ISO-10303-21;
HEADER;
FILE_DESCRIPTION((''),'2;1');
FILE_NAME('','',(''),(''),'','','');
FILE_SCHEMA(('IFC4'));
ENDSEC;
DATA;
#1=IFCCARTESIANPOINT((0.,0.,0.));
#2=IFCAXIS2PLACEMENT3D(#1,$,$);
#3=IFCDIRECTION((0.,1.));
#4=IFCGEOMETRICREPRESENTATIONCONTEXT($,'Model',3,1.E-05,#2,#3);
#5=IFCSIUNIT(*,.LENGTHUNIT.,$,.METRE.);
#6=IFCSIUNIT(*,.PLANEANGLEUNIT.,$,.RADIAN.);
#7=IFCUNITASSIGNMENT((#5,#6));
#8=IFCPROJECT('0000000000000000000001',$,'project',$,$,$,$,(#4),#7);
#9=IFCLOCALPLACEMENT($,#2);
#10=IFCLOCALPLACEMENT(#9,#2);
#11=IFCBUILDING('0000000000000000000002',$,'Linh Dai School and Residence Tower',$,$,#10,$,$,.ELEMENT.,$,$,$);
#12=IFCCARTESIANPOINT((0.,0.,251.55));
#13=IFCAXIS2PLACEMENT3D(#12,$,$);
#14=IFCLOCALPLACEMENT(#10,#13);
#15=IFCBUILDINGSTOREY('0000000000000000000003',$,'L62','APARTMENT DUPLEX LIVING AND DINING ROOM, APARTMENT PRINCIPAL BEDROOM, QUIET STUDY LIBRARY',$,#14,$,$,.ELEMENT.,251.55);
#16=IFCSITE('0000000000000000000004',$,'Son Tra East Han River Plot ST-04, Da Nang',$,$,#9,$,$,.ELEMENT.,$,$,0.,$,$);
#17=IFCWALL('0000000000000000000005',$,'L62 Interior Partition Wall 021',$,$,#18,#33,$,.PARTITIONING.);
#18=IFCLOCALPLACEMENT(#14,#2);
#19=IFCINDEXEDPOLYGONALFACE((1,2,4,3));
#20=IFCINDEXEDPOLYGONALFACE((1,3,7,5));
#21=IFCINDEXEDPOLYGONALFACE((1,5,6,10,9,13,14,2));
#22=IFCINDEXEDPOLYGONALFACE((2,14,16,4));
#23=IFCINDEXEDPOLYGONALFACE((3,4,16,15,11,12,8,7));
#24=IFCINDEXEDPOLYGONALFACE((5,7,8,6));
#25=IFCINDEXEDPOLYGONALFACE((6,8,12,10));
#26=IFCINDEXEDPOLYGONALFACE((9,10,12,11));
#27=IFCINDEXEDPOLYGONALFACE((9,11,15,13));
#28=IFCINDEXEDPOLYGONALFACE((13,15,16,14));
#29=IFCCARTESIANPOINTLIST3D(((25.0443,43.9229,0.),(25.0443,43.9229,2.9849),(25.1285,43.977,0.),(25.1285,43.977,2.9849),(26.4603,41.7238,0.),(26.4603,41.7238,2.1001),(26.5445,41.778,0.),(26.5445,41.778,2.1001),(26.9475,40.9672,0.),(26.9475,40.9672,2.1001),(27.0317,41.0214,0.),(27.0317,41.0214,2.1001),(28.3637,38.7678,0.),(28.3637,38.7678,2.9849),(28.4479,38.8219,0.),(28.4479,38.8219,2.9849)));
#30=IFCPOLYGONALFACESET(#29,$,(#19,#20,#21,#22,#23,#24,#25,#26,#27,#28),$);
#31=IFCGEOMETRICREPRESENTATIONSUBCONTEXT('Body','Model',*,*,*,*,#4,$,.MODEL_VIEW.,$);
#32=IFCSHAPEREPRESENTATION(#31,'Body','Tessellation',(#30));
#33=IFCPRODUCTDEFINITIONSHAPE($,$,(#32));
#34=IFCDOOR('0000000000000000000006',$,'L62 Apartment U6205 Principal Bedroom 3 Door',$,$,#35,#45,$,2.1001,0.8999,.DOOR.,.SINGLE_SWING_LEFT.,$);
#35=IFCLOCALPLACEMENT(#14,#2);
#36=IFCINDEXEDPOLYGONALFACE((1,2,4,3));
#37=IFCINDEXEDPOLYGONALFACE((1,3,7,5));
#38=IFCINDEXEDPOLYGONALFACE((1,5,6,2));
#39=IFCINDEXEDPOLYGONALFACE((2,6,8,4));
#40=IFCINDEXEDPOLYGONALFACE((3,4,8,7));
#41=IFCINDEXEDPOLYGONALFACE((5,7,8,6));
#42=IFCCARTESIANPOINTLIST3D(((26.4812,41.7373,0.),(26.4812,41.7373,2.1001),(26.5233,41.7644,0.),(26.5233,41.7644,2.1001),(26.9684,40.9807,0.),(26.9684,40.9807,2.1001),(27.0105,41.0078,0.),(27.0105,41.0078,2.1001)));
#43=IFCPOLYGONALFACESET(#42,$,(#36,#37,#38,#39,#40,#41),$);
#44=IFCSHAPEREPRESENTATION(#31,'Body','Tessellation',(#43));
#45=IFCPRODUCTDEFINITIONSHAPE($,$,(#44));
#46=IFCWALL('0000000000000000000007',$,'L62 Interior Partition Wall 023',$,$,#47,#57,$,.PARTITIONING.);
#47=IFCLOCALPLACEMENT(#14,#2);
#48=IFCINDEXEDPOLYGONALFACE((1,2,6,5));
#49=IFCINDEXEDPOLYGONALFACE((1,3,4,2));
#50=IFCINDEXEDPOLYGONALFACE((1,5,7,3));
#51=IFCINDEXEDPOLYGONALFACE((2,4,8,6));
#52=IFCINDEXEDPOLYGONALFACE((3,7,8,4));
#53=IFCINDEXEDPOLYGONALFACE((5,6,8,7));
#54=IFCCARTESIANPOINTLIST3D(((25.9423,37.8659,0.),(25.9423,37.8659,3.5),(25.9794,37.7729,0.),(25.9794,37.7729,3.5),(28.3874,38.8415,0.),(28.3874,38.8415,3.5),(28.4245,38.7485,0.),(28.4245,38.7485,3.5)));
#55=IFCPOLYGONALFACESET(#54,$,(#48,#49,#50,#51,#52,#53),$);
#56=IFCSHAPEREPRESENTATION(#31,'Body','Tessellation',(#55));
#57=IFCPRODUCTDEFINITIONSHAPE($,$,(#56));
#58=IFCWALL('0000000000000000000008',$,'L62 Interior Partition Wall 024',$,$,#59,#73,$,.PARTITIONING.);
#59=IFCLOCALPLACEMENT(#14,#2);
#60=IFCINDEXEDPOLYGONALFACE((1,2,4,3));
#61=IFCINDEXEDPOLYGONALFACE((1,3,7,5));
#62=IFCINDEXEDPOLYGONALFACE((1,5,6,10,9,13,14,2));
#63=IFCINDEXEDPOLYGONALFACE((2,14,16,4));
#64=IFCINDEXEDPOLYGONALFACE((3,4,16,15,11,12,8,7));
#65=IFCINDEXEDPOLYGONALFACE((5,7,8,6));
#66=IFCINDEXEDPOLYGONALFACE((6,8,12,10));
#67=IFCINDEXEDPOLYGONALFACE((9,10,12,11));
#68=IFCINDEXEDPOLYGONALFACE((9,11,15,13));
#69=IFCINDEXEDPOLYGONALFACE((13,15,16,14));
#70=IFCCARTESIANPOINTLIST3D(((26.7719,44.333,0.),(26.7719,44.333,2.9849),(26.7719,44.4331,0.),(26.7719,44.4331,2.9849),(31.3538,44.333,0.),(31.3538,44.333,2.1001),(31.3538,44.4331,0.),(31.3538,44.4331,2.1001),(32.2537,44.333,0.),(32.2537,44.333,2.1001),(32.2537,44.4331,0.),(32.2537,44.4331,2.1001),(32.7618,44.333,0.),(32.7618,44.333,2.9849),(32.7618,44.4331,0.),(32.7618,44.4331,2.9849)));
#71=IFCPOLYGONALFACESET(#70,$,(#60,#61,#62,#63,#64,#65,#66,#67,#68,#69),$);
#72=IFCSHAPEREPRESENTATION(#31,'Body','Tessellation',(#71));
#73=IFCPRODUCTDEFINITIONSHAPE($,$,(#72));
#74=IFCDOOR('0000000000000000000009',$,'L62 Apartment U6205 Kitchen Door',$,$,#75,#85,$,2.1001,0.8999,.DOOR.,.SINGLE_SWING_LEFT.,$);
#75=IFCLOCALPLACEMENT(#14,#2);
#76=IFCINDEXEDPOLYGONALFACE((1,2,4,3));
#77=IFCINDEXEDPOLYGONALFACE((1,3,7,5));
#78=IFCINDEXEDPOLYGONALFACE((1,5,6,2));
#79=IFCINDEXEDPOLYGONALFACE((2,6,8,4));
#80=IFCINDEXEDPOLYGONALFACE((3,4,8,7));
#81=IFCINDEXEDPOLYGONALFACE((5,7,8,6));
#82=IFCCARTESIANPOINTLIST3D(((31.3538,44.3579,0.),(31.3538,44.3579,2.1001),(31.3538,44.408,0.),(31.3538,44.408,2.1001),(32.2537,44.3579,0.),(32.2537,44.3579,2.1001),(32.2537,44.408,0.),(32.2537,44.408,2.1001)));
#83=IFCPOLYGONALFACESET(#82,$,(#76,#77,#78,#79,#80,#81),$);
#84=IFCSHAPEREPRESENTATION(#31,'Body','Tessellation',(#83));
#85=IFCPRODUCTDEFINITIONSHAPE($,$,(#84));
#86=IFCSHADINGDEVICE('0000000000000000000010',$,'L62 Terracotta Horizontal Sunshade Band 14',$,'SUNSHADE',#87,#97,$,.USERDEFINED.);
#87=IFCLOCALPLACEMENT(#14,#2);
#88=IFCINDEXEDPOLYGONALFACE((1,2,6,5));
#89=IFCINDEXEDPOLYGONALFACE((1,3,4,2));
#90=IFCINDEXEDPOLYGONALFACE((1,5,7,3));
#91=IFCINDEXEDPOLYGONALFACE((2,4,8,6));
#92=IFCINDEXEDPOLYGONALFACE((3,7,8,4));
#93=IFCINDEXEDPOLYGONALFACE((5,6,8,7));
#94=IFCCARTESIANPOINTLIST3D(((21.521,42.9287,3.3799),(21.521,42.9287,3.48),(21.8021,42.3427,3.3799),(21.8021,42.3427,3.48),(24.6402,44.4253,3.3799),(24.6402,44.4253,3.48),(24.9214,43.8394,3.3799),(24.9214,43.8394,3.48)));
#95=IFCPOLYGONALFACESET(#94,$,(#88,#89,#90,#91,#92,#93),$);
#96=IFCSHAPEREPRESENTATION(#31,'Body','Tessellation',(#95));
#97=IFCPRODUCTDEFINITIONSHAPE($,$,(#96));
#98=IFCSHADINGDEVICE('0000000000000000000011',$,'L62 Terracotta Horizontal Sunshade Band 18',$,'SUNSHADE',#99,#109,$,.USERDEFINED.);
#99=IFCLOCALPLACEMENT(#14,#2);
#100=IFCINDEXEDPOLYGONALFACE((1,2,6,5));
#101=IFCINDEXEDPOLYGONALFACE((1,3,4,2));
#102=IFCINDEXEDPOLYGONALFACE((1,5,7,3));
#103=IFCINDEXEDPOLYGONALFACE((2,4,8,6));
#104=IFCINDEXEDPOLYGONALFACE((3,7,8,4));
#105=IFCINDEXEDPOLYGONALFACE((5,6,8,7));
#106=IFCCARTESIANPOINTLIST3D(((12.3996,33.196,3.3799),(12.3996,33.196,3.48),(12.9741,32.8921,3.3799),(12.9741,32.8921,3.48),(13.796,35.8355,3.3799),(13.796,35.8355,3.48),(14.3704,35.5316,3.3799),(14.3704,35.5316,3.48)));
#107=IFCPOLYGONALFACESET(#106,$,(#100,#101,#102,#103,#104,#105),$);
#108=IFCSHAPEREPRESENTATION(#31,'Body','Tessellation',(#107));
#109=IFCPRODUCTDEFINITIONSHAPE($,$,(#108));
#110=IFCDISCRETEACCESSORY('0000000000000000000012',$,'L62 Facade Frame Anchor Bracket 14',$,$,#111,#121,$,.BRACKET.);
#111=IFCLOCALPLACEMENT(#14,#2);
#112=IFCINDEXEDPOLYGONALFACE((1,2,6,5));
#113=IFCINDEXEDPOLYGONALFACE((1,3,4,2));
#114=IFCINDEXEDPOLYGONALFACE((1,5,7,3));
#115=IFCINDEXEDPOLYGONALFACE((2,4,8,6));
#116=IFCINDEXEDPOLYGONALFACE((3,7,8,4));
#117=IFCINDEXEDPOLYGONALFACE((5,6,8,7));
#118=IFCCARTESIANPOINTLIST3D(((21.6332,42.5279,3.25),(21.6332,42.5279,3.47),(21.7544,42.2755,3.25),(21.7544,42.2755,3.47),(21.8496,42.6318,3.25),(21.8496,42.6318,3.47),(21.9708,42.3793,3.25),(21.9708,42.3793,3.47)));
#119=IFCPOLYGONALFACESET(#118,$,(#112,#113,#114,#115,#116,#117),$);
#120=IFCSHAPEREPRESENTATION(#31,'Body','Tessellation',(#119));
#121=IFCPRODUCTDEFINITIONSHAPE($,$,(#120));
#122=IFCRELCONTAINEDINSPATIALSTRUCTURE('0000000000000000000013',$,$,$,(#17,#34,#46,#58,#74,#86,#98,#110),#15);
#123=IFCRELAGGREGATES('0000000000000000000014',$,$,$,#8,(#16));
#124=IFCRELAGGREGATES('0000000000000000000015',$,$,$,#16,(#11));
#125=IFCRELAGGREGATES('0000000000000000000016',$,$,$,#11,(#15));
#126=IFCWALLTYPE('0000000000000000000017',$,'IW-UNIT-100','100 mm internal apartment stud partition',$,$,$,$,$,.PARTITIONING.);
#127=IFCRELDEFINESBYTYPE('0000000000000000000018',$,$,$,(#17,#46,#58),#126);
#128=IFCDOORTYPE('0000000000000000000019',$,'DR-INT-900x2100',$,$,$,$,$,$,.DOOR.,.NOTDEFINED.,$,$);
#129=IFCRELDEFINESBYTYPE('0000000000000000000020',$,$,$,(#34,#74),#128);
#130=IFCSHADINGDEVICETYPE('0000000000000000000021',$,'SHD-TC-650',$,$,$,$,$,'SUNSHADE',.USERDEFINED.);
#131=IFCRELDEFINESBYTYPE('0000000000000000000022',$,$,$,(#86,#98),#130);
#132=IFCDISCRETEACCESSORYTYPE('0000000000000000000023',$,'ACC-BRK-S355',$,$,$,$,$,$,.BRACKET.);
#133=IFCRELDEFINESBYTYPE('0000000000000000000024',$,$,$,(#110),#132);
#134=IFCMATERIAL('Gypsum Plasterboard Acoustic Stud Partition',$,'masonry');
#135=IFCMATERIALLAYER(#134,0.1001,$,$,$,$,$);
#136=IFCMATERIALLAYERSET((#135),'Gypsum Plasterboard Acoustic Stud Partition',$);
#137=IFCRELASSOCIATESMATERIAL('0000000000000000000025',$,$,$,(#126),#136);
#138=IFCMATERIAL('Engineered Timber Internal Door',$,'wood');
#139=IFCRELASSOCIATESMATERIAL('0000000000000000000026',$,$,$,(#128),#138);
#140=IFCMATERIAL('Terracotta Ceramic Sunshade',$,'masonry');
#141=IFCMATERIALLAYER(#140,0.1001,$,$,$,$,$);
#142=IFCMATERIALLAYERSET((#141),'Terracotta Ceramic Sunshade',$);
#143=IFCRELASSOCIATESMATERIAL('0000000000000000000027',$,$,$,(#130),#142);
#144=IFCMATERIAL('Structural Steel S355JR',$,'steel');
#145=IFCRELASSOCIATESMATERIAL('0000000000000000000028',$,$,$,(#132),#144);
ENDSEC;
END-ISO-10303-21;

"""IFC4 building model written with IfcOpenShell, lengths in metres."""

from ifc_helpers import new_model, si_unit, direction, frame, frame_2d, origin, origin_2d, place, context, subcontext, project, spatial, rectangle, extrude, source, transform, mapped, material, layer, layer_set, type_object, element, fill, save


model = new_model("IFC4")

# Units and contexts
model_context = context("Model", 3, precision=1e-05, world=origin(), true_north=direction((0.0, 1.0)))
body_context = subcontext(model_context, "Body", "Model", "MODEL_VIEW")
ifc_project = project(units=[si_unit("LENGTHUNIT", "METRE"), si_unit("PLANEANGLEUNIT", "RADIAN")], contexts=[model_context])

# Site, building, storey
site_placement = place(None, origin())
site = spatial("IfcSite", under=ifc_project, at=site_placement, Name="Son Tra East Han River Plot ST-04, Da Nang", CompositionType="ELEMENT", RefElevation=0.0)
building_placement = place(site_placement, origin())
building = spatial("IfcBuilding", under=site, at=building_placement, Name="Linh Dai School and Residence Tower", CompositionType="ELEMENT")
storey_placement = place(building_placement, frame((0.0, 0.0, 251.55)))
storey = spatial("IfcBuildingStorey", under=building, at=storey_placement, Name="L62", Description="APARTMENT DUPLEX LIVING AND DINING ROOM, APARTMENT PRINCIPAL BEDROOM, QUIET STUDY LIBRARY", CompositionType="ELEMENT", Elevation=251.55)

# Shared definitions
ifc_material_1 = material(Name="Structural Steel S355JR", Category="steel")

# Shared definitions
ifc_material_2 = material(Name="Gypsum Plasterboard Acoustic Stud Partition", Category="masonry")
ifc_layer_1 = layer(ifc_material_2, 0.1001)
ifc_layer_set_1 = layer_set([ifc_layer_1], Name="Gypsum Plasterboard Acoustic Stud Partition")
wall_type_1 = type_object("IfcWallType", Name="IW-UNIT-100", Description="100 mm internal apartment stud partition", PredefinedType="PARTITIONING", material=ifc_layer_set_1)

# Wall, opening, door
wall_1_placement = place(storey_placement, frame((25.0864, 43.95, 0.0), z_axis=(0.0, 0.0, 1.0), x_axis=(0.541379, -0.840778, 0.0)))
wall_1 = element("IfcWall", 1, at=wall_1_placement, inside=storey, type_object=wall_type_1, Name="L62 Interior Partition Wall 021", PredefinedType="PARTITIONING", context=body_context, shape_type="SweptSolid", body=[
    extrude(rectangle(XDim=6.1313, YDim=0.1001, at=frame_2d((3.0657, 0.0))), origin(), (0.0, 0.0, 1.0), 2.9849),
])
opening_1_placement = place(wall_1_placement, frame((2.6155, 0.0, 0.0)))
opening_1 = element("IfcOpeningElement", 2, at=opening_1_placement, cuts=wall_1, PredefinedType="OPENING", context=body_context, shape_type="SweptSolid", body=[
    extrude(rectangle(XDim=0.8999, YDim=2.1001, at=origin_2d()), frame((0.45, 0.0601, 1.05), z_axis=(0.0, -1.0, 0.0), x_axis=(1.0, 0.0, 0.0)), (0.0, 0.0, 1.0), 0.1201),
])
ifc_material_3 = material(Name="Engineered Timber Internal Door", Category="wood")
door_type_1 = type_object("IfcDoorType", Name="DR-INT-900x2100", OperationType="NOTDEFINED", PredefinedType="DOOR", material=ifc_material_3)
shared_shape_1 = source(origin(), body_context, "Body", "SweptSolid", [
    extrude(rectangle(XDim=0.8999, YDim=2.1001, at=origin_2d()), frame((0.45, 0.0249, 1.05), z_axis=(0.0, -1.0, 0.0), x_axis=(1.0, 0.0, 0.0)), (0.0, 0.0, 1.0), 0.05),
])
door_1_placement = place(opening_1_placement, origin())
door_1 = element("IfcDoor", 3, at=door_1_placement, inside=storey, type_object=door_type_1, Name="L62 Apartment U6205 Principal Bedroom 3 Door", OperationType="SINGLE_SWING_LEFT", OverallHeight=2.1001, OverallWidth=0.8999, PredefinedType="DOOR", context=body_context, shape_type="MappedRepresentation", body=[
    mapped(shared_shape_1, transform((0.0, 0.0, 0.0), x_axis=(1.0, 0.0, 0.0), y_axis=(0.0, 1.0, 0.0), z_axis=(0.0, 0.0, 1.0), scale=1.0)),
])
fill(opening_1, door_1)

# Wall
wall_2_placement = place(storey_placement, frame((25.9607, 37.8193, 0.0), z_axis=(0.0, 0.0, 1.0), x_axis=(0.928796, 0.370591, 0.0)))
element("IfcWall", 4, at=wall_2_placement, inside=storey, type_object=wall_type_1, Name="L62 Interior Partition Wall 023", PredefinedType="PARTITIONING", context=body_context, shape_type="SweptSolid", body=[
    extrude(rectangle(XDim=2.6326, YDim=0.1001, at=frame_2d((1.3164, 0.0))), origin(), (0.0, 0.0, 1.0), 3.5),
])

# Wall, opening, door
wall_3_placement = place(storey_placement, frame((26.7717, 44.3831, 0.0), z_axis=(0.0, 0.0, 1.0), x_axis=(1.0, 0.0, 0.0)))
wall_3 = element("IfcWall", 5, at=wall_3_placement, inside=storey, type_object=wall_type_1, Name="L62 Interior Partition Wall 024", PredefinedType="PARTITIONING", context=body_context, shape_type="SweptSolid", body=[
    extrude(rectangle(XDim=5.99, YDim=0.1001, at=frame_2d((2.9951, 0.0))), origin(), (0.0, 0.0, 1.0), 2.9849),
])
opening_2_placement = place(wall_3_placement, frame((4.582, 0.0, 0.0)))
opening_2 = element("IfcOpeningElement", 6, at=opening_2_placement, cuts=wall_3, PredefinedType="OPENING", context=body_context, shape_type="SweptSolid", body=[
    extrude(rectangle(XDim=0.8999, YDim=2.1001, at=origin_2d()), frame((0.45, 0.0601, 1.05), z_axis=(0.0, -1.0, 0.0), x_axis=(1.0, 0.0, 0.0)), (0.0, 0.0, 1.0), 0.1201),
])
door_2_placement = place(opening_2_placement, origin())
door_2 = element("IfcDoor", 7, at=door_2_placement, inside=storey, type_object=door_type_1, Name="L62 Apartment U6205 Kitchen Door", OperationType="SINGLE_SWING_LEFT", OverallHeight=2.1001, OverallWidth=0.8999, PredefinedType="DOOR", context=body_context, shape_type="MappedRepresentation", body=[
    mapped(shared_shape_1, transform((0.0, 0.0, 0.0), x_axis=(1.0, 0.0, 0.0), y_axis=(0.0, 1.0, 0.0), z_axis=(0.0, 0.0, 1.0), scale=1.0)),
])
fill(opening_2, door_2)

# Shading devices
ifc_material_4 = material(Name="Terracotta Ceramic Sunshade", Category="masonry")
ifc_layer_2 = layer(ifc_material_4, 0.1001)
ifc_layer_set_2 = layer_set([ifc_layer_2], Name="Terracotta Ceramic Sunshade")
shading_device_type = type_object("IfcShadingDeviceType", Name="SHD-TC-650", ElementType="SUNSHADE", PredefinedType="USERDEFINED", material=ifc_layer_set_2)
shared_shape_2 = source(origin(), body_context, "Body", "SweptSolid", [
    extrude(rectangle(XDim=3.4597, YDim=0.6499, at=origin_2d()), origin(), (0.0, 0.0, 1.0), 0.1001),
])
shading_device_1_placement = place(storey_placement, frame((23.2212, 43.384, 3.3799), z_axis=(0.0, 0.0, 1.0), x_axis=(0.901589, 0.432594, 0.0)))
element("IfcShadingDevice", 8, at=shading_device_1_placement, inside=storey, type_object=shading_device_type, Name="L62 Terracotta Horizontal Sunshade Band 14", ObjectType="SUNSHADE", PredefinedType="USERDEFINED", context=body_context, shape_type="MappedRepresentation", body=[
    mapped(shared_shape_2, transform((0.0, 0.0, 0.0), x_axis=(1.0, 0.0, 0.0), y_axis=(0.0, 1.0, 0.0), z_axis=(0.0, 0.0, 1.0), scale=1.0)),
])
shared_shape_3 = source(origin(), body_context, "Body", "SweptSolid", [
    extrude(rectangle(XDim=2.9861, YDim=0.6499, at=origin_2d()), origin(), (0.0, 0.0, 1.0), 0.1001),
])
shading_device_2_placement = place(storey_placement, frame((13.385, 34.3638, 3.3799), z_axis=(0.0, 0.0, 1.0), x_axis=(0.467621, 0.883929, 0.0)))
element("IfcShadingDevice", 9, at=shading_device_2_placement, inside=storey, type_object=shading_device_type, Name="L62 Terracotta Horizontal Sunshade Band 18", ObjectType="SUNSHADE", PredefinedType="USERDEFINED", context=body_context, shape_type="MappedRepresentation", body=[
    mapped(shared_shape_3, transform((0.0, 0.0, 0.0), x_axis=(1.0, 0.0, 0.0), y_axis=(0.0, 1.0, 0.0), z_axis=(0.0, 0.0, 1.0), scale=1.0)),
])

# Discrete accessory
discrete_accessory_type = type_object("IfcDiscreteAccessoryType", Name="ACC-BRK-S355", PredefinedType="BRACKET", material=ifc_material_1)
shared_shape_4 = source(origin(), body_context, "Body", "SweptSolid", [
    extrude(rectangle(XDim=0.28, YDim=0.24, at=origin_2d()), origin(), (0.0, 0.0, 1.0), 0.22),
])
discrete_accessory_placement = place(storey_placement, frame((21.802, 42.4536, 3.25), z_axis=(0.0, 0.0, 1.0), x_axis=(-0.432594, 0.901589, 0.0)))
element("IfcDiscreteAccessory", 10, at=discrete_accessory_placement, inside=storey, type_object=discrete_accessory_type, Name="L62 Facade Frame Anchor Bracket 14", PredefinedType="BRACKET", context=body_context, shape_type="MappedRepresentation", body=[
    mapped(shared_shape_4, transform((0.0, 0.0, 0.0), x_axis=(1.0, 0.0, 0.0), y_axis=(0.0, 1.0, 0.0), z_axis=(0.0, 0.0, 1.0), scale=1.0)),
])

save(model, "model.ifc")
